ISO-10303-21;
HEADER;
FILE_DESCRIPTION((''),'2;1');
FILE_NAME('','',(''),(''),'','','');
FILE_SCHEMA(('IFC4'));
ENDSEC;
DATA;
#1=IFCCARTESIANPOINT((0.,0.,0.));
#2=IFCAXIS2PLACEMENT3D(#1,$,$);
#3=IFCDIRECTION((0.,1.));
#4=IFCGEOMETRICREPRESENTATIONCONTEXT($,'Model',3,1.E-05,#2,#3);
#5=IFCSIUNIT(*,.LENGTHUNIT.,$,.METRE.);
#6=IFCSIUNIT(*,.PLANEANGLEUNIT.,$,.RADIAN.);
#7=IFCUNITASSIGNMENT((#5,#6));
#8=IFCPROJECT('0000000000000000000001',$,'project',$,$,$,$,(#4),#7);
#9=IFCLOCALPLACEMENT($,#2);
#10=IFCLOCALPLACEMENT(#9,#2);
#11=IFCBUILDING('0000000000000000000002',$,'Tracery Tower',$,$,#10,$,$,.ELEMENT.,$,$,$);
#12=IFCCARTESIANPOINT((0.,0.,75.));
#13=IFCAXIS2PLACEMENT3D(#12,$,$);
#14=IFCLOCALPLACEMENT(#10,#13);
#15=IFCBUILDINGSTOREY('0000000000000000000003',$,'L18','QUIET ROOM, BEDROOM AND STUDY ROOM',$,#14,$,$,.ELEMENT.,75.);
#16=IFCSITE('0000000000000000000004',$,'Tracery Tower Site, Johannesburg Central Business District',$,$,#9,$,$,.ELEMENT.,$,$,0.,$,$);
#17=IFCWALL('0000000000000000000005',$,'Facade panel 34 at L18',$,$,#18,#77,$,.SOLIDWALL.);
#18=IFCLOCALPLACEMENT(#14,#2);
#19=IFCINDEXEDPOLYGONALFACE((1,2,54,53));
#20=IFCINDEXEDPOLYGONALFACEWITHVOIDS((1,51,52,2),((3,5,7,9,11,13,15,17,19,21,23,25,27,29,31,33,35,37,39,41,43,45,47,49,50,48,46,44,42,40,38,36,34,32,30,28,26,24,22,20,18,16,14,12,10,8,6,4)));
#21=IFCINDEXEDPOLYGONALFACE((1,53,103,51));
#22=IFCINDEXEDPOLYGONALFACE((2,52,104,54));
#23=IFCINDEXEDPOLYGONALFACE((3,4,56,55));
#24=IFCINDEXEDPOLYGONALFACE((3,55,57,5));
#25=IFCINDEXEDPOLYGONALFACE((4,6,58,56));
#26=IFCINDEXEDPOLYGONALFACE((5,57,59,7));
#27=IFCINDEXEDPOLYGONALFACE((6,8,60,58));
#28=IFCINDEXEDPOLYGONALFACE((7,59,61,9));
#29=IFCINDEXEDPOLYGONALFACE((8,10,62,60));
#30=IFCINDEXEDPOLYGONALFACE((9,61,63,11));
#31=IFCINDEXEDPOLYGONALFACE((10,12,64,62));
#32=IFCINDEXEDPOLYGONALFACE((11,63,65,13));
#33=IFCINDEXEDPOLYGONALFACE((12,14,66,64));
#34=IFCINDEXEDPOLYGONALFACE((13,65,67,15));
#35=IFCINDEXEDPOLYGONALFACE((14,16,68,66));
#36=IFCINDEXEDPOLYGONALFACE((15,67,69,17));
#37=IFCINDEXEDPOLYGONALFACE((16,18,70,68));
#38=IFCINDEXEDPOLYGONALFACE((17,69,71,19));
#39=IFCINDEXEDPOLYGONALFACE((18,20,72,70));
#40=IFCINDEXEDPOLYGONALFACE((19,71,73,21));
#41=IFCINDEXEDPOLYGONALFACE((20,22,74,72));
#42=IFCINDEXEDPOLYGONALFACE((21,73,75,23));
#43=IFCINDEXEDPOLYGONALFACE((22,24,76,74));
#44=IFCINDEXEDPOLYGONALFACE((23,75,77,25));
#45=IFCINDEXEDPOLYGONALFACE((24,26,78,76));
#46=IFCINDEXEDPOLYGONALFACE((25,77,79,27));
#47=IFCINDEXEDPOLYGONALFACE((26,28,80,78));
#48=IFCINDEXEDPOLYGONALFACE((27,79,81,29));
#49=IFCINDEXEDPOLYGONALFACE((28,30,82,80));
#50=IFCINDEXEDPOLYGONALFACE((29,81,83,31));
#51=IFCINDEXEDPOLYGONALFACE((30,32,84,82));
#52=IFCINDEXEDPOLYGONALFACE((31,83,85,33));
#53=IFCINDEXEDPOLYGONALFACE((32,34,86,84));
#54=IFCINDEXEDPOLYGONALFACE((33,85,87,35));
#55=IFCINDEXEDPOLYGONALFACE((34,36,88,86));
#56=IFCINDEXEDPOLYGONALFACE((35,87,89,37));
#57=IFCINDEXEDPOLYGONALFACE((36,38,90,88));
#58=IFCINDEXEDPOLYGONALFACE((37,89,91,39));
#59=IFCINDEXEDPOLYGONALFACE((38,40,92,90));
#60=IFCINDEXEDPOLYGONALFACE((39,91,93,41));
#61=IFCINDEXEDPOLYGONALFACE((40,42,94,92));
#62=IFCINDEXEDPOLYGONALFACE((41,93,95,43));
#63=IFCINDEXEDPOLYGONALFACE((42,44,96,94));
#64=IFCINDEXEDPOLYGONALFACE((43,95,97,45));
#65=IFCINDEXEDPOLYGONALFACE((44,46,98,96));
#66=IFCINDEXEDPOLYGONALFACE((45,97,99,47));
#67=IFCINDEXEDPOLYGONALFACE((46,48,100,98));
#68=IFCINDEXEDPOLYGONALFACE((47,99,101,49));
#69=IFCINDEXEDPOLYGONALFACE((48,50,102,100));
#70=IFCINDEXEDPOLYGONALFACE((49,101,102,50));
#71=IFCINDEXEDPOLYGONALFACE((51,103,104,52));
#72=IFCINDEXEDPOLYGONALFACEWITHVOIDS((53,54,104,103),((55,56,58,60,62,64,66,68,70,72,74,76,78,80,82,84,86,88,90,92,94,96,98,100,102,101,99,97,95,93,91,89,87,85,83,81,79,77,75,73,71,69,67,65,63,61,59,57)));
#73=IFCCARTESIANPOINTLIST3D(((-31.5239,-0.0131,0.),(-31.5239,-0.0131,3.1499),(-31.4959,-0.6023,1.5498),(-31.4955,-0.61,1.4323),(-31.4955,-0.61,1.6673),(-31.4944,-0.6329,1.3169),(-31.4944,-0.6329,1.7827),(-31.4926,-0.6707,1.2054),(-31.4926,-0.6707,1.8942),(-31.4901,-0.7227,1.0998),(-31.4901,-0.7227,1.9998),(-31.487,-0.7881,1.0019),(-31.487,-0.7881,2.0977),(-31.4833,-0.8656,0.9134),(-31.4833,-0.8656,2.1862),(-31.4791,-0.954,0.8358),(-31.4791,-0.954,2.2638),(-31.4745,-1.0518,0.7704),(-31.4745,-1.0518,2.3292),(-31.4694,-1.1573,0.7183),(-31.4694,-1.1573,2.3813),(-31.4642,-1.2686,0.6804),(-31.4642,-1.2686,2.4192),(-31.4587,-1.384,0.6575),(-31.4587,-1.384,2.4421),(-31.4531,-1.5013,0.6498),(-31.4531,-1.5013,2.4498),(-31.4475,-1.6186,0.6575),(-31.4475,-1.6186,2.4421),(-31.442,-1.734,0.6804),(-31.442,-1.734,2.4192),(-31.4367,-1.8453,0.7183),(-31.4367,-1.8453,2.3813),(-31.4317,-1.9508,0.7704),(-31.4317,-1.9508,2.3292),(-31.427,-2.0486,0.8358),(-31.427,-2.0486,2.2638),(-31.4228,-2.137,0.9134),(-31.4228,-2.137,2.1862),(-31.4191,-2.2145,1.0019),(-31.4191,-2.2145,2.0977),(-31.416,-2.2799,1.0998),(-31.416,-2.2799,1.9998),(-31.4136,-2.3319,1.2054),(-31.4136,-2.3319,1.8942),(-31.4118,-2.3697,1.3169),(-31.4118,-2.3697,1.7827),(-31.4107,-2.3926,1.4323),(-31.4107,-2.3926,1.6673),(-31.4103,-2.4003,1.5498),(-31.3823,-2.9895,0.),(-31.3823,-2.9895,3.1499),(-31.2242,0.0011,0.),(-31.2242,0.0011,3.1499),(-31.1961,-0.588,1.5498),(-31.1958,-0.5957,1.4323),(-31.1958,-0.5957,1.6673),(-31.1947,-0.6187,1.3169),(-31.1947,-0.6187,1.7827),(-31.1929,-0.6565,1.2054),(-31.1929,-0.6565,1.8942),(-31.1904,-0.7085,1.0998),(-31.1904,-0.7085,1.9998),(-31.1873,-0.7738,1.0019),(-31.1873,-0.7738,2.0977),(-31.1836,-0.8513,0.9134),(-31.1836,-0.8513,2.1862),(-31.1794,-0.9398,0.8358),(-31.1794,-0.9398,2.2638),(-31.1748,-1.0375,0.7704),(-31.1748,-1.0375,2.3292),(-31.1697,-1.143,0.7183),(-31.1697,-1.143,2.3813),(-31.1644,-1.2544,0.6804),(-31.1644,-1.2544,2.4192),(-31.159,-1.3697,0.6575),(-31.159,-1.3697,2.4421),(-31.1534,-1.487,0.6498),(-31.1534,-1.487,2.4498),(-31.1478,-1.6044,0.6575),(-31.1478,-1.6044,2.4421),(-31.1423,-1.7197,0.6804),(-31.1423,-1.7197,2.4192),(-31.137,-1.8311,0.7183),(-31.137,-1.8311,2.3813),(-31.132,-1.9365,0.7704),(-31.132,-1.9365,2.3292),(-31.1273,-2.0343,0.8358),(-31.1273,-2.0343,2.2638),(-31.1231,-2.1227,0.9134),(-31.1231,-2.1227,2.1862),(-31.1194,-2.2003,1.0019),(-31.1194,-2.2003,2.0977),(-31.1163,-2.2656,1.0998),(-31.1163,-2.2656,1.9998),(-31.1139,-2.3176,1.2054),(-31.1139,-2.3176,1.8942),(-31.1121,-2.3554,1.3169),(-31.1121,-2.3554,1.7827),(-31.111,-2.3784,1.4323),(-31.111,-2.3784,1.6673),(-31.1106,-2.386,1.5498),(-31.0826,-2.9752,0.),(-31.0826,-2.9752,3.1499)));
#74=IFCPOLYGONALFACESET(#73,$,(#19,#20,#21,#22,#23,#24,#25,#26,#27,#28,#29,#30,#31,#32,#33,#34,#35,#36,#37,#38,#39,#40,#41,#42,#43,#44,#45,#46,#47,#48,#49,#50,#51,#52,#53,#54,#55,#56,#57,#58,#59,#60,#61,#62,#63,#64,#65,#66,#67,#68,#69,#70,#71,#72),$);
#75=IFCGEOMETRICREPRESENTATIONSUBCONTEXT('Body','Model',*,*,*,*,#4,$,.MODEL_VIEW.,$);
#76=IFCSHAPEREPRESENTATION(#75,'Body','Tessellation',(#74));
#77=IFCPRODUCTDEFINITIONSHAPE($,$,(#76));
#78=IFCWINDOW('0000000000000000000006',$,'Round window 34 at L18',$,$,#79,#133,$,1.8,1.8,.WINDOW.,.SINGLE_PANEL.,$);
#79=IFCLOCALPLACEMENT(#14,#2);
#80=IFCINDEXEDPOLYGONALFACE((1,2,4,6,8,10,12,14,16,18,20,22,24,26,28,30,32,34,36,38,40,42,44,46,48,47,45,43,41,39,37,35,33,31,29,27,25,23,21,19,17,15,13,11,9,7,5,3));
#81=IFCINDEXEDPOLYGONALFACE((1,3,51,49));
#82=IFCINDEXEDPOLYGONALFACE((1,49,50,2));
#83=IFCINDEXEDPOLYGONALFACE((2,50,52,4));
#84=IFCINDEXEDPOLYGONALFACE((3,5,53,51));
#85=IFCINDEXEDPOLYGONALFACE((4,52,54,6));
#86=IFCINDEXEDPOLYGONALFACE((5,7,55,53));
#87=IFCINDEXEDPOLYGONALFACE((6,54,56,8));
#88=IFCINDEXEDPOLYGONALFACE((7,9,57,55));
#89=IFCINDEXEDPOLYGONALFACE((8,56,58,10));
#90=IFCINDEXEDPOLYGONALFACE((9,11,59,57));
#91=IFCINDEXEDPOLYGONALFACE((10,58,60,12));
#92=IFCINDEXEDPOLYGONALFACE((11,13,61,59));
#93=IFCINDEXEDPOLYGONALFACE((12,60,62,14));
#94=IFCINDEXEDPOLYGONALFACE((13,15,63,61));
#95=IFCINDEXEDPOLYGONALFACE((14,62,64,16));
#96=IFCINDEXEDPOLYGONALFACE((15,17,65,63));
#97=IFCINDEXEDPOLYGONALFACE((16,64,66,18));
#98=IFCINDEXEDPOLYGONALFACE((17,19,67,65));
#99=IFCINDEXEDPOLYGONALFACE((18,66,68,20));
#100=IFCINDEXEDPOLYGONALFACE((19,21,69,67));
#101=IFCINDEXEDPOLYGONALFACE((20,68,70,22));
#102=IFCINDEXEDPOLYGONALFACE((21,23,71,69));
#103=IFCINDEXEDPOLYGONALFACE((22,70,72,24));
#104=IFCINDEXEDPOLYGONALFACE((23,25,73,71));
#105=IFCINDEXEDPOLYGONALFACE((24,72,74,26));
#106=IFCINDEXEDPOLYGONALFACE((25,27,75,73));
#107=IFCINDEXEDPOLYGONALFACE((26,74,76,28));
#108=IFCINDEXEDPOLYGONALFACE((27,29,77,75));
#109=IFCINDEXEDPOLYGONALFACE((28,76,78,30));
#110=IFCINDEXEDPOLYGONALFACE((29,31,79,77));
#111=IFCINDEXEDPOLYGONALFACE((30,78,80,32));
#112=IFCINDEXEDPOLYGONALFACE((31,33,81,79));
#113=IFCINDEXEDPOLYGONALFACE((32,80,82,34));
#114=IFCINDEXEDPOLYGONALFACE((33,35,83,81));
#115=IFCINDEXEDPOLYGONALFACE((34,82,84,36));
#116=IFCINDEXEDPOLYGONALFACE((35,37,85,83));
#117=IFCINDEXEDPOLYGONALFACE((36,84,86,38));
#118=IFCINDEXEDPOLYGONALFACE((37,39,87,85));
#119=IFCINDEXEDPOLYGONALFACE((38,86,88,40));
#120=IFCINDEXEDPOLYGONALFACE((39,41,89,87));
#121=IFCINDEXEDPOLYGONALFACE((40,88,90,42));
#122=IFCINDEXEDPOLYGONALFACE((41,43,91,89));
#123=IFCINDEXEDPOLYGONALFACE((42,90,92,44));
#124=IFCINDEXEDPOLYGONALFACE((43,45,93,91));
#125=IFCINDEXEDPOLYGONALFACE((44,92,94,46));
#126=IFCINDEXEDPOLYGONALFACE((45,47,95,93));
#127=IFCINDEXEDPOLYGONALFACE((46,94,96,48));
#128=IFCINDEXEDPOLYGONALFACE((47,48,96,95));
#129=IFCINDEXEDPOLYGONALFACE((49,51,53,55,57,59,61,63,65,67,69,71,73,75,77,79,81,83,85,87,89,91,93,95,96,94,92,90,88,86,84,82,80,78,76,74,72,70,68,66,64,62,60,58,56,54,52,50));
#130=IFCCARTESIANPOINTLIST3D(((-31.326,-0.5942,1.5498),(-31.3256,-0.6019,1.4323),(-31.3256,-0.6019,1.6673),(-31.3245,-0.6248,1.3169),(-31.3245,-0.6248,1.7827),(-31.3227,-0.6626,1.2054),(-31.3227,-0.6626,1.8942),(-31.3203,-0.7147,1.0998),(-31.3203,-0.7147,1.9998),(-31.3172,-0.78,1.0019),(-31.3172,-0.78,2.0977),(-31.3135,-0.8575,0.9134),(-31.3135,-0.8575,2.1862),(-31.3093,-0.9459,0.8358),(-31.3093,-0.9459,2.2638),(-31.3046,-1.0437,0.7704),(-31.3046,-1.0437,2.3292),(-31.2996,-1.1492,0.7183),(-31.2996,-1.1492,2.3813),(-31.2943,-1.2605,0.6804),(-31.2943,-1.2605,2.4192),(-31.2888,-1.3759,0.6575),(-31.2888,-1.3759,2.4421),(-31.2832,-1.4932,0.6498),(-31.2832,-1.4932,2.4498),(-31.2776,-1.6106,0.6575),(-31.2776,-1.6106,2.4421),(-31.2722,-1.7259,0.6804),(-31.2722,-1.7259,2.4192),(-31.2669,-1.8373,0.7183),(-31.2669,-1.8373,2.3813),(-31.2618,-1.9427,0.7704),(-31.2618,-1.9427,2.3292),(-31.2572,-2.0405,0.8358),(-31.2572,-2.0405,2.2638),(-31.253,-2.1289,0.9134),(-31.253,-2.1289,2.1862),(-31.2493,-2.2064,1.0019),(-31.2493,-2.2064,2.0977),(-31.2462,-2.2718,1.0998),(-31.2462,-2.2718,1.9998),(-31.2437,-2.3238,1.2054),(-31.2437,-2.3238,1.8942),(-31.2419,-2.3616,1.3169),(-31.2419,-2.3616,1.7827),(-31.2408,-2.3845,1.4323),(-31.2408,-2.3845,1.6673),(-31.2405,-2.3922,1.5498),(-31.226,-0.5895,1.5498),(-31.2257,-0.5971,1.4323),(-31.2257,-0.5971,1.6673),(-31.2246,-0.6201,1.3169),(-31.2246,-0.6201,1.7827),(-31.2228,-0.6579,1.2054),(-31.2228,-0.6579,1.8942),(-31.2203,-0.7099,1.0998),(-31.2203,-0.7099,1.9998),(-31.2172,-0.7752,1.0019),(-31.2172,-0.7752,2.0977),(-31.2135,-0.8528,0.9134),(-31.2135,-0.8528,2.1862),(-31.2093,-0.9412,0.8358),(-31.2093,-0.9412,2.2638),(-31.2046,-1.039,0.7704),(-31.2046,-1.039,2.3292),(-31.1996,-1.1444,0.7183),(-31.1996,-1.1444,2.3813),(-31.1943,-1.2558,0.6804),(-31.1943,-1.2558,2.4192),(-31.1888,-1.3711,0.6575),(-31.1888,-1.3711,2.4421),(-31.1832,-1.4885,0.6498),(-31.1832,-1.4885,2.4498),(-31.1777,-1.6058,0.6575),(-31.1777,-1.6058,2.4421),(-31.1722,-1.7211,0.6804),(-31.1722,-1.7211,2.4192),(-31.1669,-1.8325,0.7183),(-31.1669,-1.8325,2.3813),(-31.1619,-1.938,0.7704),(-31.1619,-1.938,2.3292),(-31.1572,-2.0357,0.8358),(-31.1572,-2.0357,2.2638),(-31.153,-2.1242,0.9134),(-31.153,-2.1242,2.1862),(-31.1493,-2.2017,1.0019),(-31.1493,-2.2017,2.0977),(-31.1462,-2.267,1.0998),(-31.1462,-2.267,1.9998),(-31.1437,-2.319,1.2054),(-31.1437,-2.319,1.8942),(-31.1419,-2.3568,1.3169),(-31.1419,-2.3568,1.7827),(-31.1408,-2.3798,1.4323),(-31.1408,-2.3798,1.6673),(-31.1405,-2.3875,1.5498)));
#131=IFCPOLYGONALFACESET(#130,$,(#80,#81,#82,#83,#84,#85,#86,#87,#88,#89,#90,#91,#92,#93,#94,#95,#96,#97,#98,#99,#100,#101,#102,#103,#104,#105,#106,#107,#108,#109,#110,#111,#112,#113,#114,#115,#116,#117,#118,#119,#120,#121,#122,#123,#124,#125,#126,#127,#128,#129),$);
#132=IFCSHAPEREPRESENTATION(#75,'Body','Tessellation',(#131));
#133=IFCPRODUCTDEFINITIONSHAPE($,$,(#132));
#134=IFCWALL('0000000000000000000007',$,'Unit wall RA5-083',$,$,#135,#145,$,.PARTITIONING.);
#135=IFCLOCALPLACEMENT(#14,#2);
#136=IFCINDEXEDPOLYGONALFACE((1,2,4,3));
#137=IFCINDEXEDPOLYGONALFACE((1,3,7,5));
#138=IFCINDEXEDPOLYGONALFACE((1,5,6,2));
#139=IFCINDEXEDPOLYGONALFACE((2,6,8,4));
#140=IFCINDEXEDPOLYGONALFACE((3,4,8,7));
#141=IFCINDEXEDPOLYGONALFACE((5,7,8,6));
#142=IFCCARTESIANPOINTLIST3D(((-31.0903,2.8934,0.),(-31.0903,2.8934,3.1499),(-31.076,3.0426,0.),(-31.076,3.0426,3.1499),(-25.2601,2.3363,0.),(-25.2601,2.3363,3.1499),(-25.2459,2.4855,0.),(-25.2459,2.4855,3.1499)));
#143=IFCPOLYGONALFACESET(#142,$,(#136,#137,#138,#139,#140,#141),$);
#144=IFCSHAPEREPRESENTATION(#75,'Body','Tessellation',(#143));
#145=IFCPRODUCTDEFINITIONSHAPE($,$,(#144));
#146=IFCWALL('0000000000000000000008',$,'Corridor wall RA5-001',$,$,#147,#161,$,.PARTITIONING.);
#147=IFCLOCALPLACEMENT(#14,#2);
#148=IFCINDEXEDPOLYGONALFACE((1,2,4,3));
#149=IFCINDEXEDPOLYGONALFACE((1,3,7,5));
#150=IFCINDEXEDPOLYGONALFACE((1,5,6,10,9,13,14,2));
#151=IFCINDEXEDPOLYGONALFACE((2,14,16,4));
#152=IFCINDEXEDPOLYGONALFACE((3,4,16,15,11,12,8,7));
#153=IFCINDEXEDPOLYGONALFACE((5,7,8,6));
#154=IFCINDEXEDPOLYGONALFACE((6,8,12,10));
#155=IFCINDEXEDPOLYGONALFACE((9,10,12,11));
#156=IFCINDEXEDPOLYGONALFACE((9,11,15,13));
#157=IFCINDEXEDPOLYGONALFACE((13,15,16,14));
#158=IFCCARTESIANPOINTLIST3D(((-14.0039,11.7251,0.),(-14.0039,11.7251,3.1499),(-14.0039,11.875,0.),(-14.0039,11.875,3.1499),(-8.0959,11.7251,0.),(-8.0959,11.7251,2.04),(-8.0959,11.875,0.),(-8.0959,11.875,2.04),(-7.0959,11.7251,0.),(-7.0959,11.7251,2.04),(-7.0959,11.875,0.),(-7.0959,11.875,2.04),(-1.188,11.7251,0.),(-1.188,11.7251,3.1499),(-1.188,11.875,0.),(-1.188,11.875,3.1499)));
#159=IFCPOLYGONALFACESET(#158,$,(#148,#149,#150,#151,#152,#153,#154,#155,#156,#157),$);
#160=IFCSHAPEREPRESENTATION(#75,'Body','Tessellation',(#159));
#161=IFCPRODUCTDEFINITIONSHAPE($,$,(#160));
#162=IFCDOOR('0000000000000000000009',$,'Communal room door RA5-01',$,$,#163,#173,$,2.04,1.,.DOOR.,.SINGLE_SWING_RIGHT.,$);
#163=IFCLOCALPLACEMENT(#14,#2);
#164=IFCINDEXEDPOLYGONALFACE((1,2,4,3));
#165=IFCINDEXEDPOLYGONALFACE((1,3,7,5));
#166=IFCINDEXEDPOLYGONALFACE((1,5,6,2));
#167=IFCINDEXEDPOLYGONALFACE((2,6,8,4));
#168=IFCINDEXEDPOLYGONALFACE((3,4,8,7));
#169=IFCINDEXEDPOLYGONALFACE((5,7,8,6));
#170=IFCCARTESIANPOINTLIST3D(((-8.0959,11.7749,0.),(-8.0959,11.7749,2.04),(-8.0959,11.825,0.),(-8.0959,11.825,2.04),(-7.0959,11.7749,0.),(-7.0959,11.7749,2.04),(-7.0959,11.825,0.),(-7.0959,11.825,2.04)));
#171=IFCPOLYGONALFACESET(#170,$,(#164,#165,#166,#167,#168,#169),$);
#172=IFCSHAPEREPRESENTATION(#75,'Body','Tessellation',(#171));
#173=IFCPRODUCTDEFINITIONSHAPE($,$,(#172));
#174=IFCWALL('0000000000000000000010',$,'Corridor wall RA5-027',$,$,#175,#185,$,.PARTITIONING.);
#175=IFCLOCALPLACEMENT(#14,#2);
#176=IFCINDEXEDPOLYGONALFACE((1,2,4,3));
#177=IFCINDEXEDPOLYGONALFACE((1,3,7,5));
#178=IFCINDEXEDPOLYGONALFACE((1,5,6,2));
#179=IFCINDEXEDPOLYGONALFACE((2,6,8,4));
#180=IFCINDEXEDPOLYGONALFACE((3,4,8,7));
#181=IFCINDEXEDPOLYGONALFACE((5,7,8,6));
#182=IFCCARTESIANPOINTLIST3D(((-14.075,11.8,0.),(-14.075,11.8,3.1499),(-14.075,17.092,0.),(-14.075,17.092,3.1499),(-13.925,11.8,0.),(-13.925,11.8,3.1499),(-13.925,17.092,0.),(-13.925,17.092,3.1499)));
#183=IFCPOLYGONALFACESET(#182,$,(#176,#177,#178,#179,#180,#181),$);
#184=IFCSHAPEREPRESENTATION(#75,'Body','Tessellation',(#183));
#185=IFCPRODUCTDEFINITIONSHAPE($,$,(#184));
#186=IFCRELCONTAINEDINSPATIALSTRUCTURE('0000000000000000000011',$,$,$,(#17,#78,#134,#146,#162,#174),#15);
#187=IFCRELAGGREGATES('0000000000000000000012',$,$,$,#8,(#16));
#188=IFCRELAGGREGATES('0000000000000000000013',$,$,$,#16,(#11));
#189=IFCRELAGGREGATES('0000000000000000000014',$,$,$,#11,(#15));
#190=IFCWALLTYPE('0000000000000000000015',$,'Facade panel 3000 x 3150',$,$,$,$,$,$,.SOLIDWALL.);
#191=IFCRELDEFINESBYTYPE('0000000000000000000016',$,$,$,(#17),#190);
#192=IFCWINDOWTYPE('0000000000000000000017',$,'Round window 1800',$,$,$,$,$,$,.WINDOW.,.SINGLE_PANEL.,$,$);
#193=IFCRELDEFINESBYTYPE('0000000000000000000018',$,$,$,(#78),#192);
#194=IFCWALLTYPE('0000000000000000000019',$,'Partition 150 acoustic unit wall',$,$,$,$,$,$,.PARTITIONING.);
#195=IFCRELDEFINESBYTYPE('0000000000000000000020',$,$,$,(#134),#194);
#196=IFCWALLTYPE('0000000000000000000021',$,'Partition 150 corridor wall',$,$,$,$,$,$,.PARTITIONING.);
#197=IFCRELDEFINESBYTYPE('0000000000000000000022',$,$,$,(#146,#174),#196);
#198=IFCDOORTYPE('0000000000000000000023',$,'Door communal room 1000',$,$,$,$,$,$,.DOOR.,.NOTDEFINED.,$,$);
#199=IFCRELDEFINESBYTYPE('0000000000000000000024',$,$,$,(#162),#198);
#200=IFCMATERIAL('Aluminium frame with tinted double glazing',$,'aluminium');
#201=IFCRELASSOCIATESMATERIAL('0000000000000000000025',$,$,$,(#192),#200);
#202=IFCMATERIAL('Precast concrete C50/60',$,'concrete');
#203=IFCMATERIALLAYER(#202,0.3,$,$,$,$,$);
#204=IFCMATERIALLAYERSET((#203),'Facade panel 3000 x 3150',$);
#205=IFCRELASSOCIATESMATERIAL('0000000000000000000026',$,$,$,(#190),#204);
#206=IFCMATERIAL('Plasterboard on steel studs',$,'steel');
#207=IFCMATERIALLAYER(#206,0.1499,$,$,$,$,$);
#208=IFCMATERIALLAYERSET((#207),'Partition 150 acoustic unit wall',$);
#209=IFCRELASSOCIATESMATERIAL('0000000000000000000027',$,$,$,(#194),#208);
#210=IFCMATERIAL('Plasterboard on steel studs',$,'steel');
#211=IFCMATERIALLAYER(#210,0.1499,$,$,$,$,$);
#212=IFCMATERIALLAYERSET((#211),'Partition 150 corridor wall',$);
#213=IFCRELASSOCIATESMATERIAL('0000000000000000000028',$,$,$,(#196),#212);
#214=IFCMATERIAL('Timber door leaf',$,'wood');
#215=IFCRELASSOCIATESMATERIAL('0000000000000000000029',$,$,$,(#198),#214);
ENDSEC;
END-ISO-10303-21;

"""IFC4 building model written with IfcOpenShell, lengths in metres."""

from ifc_helpers import new_model, si_unit, direction, frame, frame_2d, origin, origin_2d, place, context, subcontext, project, spatial, rectangle, circle, extrude, material, layer, layer_set, type_object, element, fill, save


model = new_model("IFC4")

# Units and contexts
model_context = context("Model", 3, precision=1e-05, world=origin(), true_north=direction((0.0, 1.0)))
body_context = subcontext(model_context, "Body", "Model", "MODEL_VIEW")
ifc_project = project(units=[si_unit("LENGTHUNIT", "METRE"), si_unit("PLANEANGLEUNIT", "RADIAN")], contexts=[model_context])

# Site, building, storey
site_placement = place(None, origin())
site = spatial("IfcSite", under=ifc_project, at=site_placement, Name="Tracery Tower Site, Johannesburg Central Business District", CompositionType="ELEMENT", RefElevation=0.0)
building_placement = place(site_placement, origin())
building = spatial("IfcBuilding", under=site, at=building_placement, Name="Tracery Tower", CompositionType="ELEMENT")
storey_placement = place(building_placement, frame((0.0, 0.0, 75.0)))
storey = spatial("IfcBuildingStorey", under=building, at=storey_placement, Name="L18", Description="QUIET ROOM, BEDROOM AND STUDY ROOM", CompositionType="ELEMENT", Elevation=75.0)

# Wall, opening, window
ifc_material_1 = material(Name="Aluminium frame with tinted double glazing", Category="aluminium")
window_type = type_object("IfcWindowType", Name="Round window 1800", PartitioningType="SINGLE_PANEL", PredefinedType="WINDOW", material=ifc_material_1)
ifc_material_2 = material(Name="Precast concrete C50/60", Category="concrete")
ifc_layer_1 = layer(ifc_material_2, 0.3)
ifc_layer_set_1 = layer_set([ifc_layer_1], Name="Facade panel 3000 x 3150")
wall_type_1 = type_object("IfcWallType", Name="Facade panel 3000 x 3150", PredefinedType="SOLIDWALL", material=ifc_layer_set_1)
wall_1_placement = place(storey_placement, frame((-31.374, -0.0061, 0.0), z_axis=(0.0, 0.0, 1.0), x_axis=(0.047522, -0.99887, 0.0)))
wall_1 = element("IfcWall", 1, at=wall_1_placement, inside=storey, type_object=wall_type_1, Name="Facade panel 34 at L18", PredefinedType="SOLIDWALL", context=body_context, shape_type="SweptSolid", body=[
    extrude(rectangle(XDim=2.9797, YDim=0.3, at=frame_2d((1.4897, 0.0))), origin(), (0.0, 0.0, 1.0), 3.1499),
])
opening_1_placement = place(wall_1_placement, frame((1.4897, 0.0, 1.5498)))
opening_1 = element("IfcOpeningElement", 2, at=opening_1_placement, cuts=wall_1, PredefinedType="OPENING", context=body_context, shape_type="SweptSolid", body=[
    extrude(circle(Radius=0.9, at=origin_2d()), frame((0.0, 0.1599, 0.0), z_axis=(0.0, -1.0, 0.0), x_axis=(1.0, 0.0, 0.0)), (0.0, 0.0, 1.0), 0.3201),
])
window_1_placement = place(opening_1_placement, origin())
window_1 = element("IfcWindow", 3, at=window_1_placement, inside=storey, type_object=window_type, Name="Round window 34 at L18", OverallHeight=1.8, OverallWidth=1.8, PartitioningType="SINGLE_PANEL", PredefinedType="WINDOW", context=body_context, shape_type="SweptSolid", body=[
    extrude(circle(Radius=0.9, at=origin_2d()), frame((0.0, 0.1201, 0.0), z_axis=(0.0, -1.0, 0.0), x_axis=(1.0, 0.0, 0.0)), (0.0, 0.0, 1.0), 0.1001),
])
fill(opening_1, window_1)

# Wall
ifc_material_3 = material(Name="Plasterboard on steel studs", Category="steel")
ifc_layer_2 = layer(ifc_material_3, 0.1499)
ifc_layer_set_2 = layer_set([ifc_layer_2], Name="Partition 150 acoustic unit wall")
wall_type_2 = type_object("IfcWallType", Name="Partition 150 acoustic unit wall", PredefinedType="PARTITIONING", material=ifc_layer_set_2)
wall_2_placement = place(storey_placement, frame((-31.083, 2.968, 0.0), z_axis=(0.0, 0.0, 1.0), x_axis=(0.995465, -0.095128, 0.0)))
element("IfcWall", 4, at=wall_2_placement, inside=storey, type_object=wall_type_2, Name="Unit wall RA5-083", PredefinedType="PARTITIONING", context=body_context, shape_type="SweptSolid", body=[
    extrude(rectangle(XDim=5.8567, YDim=0.1499, at=frame_2d((2.9282, 0.0))), origin(), (0.0, 0.0, 1.0), 3.1499),
])

# Wall, opening, door
ifc_material_4 = material(Name="Plasterboard on steel studs", Category="steel")
ifc_layer_3 = layer(ifc_material_4, 0.1499)
ifc_layer_set_3 = layer_set([ifc_layer_3], Name="Partition 150 corridor wall")
wall_type_3 = type_object("IfcWallType", Name="Partition 150 corridor wall", PredefinedType="PARTITIONING", material=ifc_layer_set_3)
wall_3_placement = place(storey_placement, frame((-14.0039, 11.8, 0.0), z_axis=(0.0, 0.0, 1.0), x_axis=(1.0, 0.0, 0.0)))
wall_3 = element("IfcWall", 5, at=wall_3_placement, inside=storey, type_object=wall_type_3, Name="Corridor wall RA5-001", PredefinedType="PARTITIONING", context=body_context, shape_type="SweptSolid", body=[
    extrude(rectangle(XDim=12.8159, YDim=0.1499, at=frame_2d((6.408, 0.0))), origin(), (0.0, 0.0, 1.0), 3.1499),
])
opening_2_placement = place(wall_3_placement, frame((5.908, 0.0, 0.0)))
opening_2 = element("IfcOpeningElement", 6, at=opening_2_placement, cuts=wall_3, PredefinedType="OPENING", context=body_context, shape_type="SweptSolid", body=[
    extrude(rectangle(XDim=1.0, YDim=2.04, at=frame_2d((0.5, 1.02))), frame((0.0, 0.075, 0.0), z_axis=(0.0, -1.0, 0.0), x_axis=(1.0, 0.0, 0.0)), (0.0, 0.0, 1.0), 0.1499),
])
ifc_material_5 = material(Name="Timber door leaf", Category="wood")
door_type_1 = type_object("IfcDoorType", Name="Door communal room 1000", OperationType="NOTDEFINED", PredefinedType="DOOR", material=ifc_material_5)
door_1_placement = place(opening_2_placement, origin())
door_1 = element("IfcDoor", 7, at=door_1_placement, inside=storey, type_object=door_type_1, Name="Communal room door RA5-01", OperationType="SINGLE_SWING_RIGHT", OverallHeight=2.04, OverallWidth=1.0, PredefinedType="DOOR", context=body_context, shape_type="SweptSolid", body=[
    extrude(rectangle(XDim=1.0, YDim=2.04, at=frame_2d((0.5, 1.02))), frame((0.0, 0.0249, 0.0), z_axis=(0.0, -1.0, 0.0), x_axis=(1.0, 0.0, 0.0)), (0.0, 0.0, 1.0), 0.05),
])
fill(opening_2, door_1)

# Wall
wall_4_placement = place(storey_placement, frame((-14.0, 11.8, 0.0), z_axis=(0.0, 0.0, 1.0), x_axis=(0.0, 1.0, 0.0)))
element("IfcWall", 8, at=wall_4_placement, inside=storey, type_object=wall_type_3, Name="Corridor wall RA5-027", PredefinedType="PARTITIONING", context=body_context, shape_type="SweptSolid", body=[
    extrude(rectangle(XDim=5.292, YDim=0.1499, at=frame_2d((2.646, 0.0))), origin(), (0.0, 0.0, 1.0), 3.1499),
])

save(model, "model.ifc")
